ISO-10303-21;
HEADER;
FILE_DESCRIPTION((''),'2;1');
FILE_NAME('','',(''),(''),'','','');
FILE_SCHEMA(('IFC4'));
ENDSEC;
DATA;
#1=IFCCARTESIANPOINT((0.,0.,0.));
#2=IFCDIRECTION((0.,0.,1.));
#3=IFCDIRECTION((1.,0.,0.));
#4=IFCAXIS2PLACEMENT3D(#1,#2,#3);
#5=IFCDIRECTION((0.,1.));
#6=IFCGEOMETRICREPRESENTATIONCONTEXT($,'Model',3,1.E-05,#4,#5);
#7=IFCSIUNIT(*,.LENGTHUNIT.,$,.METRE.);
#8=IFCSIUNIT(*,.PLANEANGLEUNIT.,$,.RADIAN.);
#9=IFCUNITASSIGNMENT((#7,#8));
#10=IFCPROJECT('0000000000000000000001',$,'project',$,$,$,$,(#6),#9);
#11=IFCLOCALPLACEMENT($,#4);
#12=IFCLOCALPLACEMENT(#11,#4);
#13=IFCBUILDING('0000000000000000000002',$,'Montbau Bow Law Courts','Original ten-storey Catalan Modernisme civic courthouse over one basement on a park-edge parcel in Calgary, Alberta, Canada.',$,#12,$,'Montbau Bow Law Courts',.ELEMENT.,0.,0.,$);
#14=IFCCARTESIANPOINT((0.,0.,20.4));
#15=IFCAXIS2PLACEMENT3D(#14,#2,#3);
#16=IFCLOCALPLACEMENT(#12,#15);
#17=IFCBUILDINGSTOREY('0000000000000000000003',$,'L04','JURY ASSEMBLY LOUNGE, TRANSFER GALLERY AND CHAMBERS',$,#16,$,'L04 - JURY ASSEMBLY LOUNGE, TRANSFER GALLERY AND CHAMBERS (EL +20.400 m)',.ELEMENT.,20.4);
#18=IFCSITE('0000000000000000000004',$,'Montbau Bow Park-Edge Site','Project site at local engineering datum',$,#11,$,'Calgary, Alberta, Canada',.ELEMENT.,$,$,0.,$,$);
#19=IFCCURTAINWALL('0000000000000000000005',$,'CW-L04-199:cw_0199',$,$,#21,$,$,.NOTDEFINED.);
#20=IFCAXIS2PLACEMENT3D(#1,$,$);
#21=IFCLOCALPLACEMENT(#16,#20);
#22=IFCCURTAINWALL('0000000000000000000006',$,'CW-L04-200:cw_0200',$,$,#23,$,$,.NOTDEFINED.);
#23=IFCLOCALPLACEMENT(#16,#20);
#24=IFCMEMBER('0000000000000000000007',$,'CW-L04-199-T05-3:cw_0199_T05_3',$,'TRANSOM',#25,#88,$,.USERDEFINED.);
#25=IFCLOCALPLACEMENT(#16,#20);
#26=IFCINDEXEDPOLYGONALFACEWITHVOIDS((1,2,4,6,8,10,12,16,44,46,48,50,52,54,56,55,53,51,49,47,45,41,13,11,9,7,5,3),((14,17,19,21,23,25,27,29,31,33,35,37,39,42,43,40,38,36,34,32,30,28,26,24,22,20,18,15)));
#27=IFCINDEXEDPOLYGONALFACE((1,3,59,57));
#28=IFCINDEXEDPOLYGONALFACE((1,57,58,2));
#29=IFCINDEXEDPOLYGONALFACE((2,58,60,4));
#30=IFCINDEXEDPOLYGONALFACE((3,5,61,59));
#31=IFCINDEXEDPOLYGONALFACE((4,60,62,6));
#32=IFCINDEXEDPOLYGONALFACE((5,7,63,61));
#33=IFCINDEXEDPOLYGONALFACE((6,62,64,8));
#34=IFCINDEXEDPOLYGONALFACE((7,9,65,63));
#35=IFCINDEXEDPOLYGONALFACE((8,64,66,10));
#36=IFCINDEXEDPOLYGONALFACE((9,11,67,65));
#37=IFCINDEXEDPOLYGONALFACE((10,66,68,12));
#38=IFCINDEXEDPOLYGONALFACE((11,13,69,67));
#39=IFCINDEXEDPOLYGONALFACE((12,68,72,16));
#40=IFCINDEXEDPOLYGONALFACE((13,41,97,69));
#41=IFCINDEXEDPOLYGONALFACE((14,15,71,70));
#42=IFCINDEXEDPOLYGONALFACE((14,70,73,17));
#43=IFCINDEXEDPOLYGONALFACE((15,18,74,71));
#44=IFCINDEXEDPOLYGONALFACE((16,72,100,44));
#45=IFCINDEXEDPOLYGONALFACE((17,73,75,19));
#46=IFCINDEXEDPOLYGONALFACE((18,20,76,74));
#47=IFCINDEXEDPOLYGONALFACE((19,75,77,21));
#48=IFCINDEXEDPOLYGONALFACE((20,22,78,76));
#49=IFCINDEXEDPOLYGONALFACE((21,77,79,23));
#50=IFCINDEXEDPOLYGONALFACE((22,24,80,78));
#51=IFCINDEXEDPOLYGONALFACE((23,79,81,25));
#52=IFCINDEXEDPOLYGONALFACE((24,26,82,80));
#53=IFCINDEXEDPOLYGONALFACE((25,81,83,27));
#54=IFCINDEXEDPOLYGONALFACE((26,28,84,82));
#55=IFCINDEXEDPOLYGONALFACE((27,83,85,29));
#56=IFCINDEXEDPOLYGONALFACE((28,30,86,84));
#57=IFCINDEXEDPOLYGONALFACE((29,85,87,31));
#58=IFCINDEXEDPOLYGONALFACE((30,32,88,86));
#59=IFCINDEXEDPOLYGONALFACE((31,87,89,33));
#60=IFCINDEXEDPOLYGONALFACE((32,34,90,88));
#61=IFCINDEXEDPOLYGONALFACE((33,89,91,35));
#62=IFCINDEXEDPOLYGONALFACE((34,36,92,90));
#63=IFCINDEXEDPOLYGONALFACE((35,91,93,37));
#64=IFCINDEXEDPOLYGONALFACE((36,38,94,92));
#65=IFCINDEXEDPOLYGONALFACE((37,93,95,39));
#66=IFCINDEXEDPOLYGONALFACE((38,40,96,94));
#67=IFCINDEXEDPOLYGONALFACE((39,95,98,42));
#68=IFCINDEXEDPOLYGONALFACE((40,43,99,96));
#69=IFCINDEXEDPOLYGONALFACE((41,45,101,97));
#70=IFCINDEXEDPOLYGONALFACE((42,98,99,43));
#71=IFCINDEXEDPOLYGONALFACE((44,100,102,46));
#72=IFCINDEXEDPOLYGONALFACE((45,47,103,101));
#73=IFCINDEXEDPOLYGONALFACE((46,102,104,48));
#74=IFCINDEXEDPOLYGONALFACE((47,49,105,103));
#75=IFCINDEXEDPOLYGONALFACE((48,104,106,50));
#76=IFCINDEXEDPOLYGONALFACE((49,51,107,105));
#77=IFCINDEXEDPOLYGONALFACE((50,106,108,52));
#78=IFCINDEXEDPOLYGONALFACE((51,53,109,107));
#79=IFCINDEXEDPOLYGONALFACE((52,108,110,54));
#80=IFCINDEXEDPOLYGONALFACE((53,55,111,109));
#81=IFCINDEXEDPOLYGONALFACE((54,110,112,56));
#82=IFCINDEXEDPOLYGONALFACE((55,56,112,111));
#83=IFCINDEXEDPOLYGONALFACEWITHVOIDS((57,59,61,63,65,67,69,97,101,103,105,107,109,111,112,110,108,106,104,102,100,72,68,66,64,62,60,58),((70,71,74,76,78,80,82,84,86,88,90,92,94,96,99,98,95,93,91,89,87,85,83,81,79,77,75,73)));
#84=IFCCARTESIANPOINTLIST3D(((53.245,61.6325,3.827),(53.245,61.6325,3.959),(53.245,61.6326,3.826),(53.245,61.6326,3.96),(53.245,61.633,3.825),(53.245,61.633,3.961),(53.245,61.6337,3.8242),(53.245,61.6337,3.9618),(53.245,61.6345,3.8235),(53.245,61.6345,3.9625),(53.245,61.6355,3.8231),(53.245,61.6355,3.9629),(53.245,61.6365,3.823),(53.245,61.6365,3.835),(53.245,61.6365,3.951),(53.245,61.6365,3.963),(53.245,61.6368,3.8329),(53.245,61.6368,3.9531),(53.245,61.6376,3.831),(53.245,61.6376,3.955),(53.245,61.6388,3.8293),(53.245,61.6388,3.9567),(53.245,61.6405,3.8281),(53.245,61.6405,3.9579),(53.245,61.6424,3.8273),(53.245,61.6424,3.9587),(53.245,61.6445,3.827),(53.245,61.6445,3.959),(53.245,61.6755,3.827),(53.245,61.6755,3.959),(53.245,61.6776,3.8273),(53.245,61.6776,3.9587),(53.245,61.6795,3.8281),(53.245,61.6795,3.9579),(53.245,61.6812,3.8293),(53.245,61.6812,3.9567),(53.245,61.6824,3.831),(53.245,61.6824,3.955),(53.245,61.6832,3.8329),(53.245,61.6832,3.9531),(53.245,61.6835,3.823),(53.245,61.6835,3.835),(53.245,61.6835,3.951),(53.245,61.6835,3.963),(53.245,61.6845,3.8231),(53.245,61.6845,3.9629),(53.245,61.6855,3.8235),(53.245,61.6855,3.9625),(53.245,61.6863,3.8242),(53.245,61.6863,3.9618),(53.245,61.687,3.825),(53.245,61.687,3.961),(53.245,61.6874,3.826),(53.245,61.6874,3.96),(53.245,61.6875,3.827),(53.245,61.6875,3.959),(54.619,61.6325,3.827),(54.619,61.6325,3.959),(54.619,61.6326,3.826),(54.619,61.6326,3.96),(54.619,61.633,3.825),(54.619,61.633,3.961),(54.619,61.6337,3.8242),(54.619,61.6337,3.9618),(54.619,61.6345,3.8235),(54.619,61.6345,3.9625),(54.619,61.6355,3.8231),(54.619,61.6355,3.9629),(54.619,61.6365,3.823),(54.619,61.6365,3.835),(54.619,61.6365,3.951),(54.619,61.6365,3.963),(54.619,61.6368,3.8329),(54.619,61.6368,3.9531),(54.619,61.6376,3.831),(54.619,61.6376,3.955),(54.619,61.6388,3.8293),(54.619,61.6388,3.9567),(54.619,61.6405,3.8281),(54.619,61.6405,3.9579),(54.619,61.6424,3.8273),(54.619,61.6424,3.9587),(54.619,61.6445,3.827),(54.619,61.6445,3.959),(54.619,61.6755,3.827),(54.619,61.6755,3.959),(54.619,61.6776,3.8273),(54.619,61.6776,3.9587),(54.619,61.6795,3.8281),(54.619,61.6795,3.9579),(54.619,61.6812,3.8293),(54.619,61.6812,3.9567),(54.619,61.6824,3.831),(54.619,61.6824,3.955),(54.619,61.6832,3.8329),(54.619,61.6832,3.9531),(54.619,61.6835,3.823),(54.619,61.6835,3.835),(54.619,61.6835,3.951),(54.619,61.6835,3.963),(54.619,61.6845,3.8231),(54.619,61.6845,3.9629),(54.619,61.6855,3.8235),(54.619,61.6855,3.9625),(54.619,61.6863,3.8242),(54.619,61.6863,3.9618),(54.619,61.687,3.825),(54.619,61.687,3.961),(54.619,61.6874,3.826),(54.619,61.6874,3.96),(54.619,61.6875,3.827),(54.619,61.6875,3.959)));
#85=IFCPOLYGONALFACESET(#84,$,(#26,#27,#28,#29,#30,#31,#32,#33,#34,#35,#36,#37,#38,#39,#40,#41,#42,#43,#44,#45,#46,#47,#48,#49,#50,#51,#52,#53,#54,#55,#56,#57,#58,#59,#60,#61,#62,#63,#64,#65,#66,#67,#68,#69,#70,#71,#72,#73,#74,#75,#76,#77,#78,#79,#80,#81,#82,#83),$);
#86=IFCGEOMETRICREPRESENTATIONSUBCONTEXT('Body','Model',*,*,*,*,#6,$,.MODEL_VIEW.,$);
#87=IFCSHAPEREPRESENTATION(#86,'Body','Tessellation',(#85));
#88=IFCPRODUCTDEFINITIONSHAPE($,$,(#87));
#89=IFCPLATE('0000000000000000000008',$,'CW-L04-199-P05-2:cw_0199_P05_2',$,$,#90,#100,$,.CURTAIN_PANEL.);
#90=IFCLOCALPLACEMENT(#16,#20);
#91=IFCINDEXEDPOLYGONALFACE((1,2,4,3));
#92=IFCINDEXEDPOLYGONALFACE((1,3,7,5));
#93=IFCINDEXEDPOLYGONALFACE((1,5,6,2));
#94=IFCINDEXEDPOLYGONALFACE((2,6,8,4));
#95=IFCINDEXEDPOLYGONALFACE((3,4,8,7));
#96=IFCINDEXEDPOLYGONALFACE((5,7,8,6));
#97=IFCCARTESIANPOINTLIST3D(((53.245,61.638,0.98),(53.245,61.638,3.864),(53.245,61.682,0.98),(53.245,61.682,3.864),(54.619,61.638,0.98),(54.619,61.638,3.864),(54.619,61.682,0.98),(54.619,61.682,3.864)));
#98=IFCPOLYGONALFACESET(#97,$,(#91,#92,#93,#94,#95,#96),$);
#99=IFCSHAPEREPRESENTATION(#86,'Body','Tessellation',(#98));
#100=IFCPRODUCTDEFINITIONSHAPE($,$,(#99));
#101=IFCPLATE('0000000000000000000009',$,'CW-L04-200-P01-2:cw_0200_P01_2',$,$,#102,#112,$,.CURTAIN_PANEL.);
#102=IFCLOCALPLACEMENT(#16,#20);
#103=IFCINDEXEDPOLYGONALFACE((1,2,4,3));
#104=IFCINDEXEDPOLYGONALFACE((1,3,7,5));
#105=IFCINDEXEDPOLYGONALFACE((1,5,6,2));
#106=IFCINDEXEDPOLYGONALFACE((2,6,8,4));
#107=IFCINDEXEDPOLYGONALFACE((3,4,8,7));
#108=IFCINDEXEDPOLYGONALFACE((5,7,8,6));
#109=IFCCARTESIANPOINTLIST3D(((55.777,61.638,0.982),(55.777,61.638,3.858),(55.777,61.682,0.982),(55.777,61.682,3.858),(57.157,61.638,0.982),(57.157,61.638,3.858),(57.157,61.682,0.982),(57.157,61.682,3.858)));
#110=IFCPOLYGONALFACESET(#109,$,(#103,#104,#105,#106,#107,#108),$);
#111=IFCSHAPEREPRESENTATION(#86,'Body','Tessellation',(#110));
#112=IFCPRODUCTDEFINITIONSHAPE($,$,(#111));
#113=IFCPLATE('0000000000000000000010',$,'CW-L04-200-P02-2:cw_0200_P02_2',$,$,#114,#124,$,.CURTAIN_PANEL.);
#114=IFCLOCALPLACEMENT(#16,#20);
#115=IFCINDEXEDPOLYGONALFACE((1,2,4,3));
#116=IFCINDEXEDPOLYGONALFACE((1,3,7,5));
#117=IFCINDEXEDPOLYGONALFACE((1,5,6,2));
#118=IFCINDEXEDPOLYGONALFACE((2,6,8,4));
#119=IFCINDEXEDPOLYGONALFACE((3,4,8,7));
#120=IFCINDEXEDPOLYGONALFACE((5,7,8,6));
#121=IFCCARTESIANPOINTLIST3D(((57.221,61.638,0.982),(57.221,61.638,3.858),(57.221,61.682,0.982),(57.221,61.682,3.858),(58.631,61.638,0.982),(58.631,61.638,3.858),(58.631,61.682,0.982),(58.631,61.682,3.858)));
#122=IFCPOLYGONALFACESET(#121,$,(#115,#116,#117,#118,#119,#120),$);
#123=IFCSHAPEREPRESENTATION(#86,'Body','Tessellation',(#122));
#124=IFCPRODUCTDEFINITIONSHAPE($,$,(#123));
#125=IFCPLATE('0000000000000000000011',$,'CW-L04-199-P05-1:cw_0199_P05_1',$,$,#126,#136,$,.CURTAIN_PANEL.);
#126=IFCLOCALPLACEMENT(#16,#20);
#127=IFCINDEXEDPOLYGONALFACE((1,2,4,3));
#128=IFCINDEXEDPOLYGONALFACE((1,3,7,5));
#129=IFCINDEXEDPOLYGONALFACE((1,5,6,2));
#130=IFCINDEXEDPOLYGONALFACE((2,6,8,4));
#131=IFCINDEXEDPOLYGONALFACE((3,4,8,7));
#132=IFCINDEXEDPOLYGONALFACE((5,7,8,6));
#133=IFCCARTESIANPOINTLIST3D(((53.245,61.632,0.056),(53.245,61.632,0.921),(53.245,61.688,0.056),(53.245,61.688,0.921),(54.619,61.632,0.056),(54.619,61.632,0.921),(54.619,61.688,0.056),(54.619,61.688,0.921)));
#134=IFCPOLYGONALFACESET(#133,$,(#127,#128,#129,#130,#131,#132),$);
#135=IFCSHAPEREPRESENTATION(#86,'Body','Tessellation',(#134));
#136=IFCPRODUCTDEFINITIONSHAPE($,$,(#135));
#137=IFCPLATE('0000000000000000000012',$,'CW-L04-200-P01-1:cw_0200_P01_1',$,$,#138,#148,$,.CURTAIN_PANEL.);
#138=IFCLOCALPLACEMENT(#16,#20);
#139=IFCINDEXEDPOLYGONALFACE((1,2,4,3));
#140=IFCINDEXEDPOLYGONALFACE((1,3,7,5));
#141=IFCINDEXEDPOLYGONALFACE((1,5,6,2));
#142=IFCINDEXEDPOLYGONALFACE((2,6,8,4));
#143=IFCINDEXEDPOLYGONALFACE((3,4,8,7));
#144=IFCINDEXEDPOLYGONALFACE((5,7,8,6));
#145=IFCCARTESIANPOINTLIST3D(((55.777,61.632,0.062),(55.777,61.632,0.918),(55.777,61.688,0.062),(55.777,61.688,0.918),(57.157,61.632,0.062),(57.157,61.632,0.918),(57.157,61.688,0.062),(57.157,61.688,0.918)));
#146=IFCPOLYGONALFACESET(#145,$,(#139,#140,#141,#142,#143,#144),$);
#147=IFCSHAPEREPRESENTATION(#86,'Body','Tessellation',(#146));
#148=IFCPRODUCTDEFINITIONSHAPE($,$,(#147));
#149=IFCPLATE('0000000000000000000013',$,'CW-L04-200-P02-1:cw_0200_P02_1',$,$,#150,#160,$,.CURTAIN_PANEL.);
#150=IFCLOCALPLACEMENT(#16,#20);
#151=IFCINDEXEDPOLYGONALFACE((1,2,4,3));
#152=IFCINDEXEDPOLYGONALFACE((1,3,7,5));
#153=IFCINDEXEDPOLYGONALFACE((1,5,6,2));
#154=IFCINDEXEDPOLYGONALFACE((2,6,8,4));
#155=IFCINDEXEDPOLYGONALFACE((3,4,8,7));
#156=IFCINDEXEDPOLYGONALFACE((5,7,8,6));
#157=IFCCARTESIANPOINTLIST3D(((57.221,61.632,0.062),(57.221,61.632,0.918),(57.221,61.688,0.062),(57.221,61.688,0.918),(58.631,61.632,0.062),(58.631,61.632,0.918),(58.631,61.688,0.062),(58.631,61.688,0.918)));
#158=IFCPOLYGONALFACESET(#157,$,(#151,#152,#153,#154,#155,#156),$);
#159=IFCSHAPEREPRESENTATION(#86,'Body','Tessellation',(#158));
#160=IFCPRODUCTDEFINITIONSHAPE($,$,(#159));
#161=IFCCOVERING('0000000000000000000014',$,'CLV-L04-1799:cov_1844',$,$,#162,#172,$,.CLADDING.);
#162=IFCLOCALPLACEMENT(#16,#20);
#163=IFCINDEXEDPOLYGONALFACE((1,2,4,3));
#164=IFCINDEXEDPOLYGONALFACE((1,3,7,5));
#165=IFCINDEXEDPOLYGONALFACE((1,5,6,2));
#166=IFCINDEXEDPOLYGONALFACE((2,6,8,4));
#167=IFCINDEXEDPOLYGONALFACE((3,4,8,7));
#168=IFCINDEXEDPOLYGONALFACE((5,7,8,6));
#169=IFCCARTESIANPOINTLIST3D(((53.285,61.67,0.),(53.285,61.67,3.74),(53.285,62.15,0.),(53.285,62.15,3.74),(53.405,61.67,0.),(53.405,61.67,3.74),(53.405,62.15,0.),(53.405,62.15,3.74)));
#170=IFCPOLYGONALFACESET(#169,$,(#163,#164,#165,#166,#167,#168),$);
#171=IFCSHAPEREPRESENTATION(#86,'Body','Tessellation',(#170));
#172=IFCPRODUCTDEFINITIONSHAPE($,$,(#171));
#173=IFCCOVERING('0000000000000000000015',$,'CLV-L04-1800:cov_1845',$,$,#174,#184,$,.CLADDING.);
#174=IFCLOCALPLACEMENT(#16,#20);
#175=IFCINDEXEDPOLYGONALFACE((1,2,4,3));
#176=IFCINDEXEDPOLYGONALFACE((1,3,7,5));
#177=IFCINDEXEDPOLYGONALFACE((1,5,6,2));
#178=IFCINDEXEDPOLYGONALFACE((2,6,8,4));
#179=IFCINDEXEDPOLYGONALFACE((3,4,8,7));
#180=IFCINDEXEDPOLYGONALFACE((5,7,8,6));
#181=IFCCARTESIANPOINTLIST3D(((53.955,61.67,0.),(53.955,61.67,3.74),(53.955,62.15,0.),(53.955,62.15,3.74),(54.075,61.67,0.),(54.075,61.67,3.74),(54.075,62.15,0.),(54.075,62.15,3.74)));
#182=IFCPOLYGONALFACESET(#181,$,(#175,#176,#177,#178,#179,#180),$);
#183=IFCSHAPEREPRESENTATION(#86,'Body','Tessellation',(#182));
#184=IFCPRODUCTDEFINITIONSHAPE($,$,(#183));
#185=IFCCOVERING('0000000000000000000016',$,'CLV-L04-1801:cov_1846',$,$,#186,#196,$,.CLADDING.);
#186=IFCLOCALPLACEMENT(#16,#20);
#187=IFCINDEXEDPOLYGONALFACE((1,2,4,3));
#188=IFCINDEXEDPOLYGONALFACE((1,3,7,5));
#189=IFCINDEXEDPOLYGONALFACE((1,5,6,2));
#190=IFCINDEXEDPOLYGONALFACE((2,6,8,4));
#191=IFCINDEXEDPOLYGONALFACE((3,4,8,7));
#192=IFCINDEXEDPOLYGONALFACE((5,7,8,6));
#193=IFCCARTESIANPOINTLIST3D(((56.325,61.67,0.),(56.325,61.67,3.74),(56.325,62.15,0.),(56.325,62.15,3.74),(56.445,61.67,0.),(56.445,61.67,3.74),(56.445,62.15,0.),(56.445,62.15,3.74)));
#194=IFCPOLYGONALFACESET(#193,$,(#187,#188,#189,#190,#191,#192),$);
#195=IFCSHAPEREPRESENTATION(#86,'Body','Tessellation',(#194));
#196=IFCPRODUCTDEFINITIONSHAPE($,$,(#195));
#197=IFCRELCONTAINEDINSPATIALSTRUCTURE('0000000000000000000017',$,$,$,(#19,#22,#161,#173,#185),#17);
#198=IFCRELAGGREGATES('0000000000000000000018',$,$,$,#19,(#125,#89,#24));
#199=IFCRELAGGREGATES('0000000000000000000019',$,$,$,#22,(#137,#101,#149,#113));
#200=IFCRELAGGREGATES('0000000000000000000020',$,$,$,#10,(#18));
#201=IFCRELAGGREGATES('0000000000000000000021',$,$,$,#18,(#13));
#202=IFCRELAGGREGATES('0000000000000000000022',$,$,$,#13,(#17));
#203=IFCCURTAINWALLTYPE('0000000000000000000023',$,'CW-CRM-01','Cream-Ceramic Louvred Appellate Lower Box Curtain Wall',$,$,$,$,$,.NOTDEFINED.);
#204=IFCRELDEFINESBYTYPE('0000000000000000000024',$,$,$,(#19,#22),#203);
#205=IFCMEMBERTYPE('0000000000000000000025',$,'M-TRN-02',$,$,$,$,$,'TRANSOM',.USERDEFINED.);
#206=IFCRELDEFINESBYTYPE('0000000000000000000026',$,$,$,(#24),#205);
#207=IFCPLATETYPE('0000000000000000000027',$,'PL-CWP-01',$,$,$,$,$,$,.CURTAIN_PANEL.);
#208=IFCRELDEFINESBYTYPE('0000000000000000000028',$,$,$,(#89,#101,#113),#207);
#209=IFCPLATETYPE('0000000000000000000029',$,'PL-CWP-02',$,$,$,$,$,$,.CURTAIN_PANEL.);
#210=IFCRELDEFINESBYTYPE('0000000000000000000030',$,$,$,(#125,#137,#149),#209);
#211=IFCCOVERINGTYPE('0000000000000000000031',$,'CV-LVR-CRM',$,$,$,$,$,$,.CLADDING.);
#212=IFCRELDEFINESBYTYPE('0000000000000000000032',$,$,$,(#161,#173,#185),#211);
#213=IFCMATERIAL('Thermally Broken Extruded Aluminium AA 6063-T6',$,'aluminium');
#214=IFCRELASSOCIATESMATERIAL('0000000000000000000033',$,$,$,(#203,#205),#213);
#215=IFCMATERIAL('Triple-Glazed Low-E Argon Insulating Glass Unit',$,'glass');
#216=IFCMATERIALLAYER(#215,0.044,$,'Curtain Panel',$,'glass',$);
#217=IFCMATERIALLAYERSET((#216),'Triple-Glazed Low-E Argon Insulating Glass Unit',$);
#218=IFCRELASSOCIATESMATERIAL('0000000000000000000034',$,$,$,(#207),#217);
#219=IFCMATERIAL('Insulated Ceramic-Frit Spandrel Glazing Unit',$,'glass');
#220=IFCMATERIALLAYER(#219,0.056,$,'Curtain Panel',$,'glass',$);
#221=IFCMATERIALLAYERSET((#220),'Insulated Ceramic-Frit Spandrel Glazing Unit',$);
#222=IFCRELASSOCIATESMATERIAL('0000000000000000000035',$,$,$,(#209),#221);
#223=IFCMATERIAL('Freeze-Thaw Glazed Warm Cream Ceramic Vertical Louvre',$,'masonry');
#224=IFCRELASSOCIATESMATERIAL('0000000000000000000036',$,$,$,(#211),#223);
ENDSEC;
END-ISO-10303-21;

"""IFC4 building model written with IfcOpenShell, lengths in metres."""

from ifc_helpers import new_model, si_unit, direction, frame, frame_2d, origin_with_axes, origin_2d_with_axis, place, context, subcontext, project, spatial, rectangle, hollow_rectangle, extrude, material, layer, layer_set, material_profile, profile_set, type_object, element, aggregate, save


model = new_model("IFC4")

# Units and contexts
model_context = context("Model", 3, precision=1e-05, world=origin_with_axes(), true_north=direction((0.0, 1.0)))
body_context = subcontext(model_context, "Body", "Model", "MODEL_VIEW")
ifc_project = project(units=[si_unit("LENGTHUNIT", "METRE"), si_unit("PLANEANGLEUNIT", "RADIAN")], contexts=[model_context])

# Site, building, storey
site_placement = place(None, origin_with_axes())
site = spatial("IfcSite", under=ifc_project, at=site_placement, Name="Montbau Bow Park-Edge Site", Description="Project site at local engineering datum", LongName="Calgary, Alberta, Canada", CompositionType="ELEMENT", RefElevation=0.0)
building_placement = place(site_placement, origin_with_axes())
building = spatial("IfcBuilding", under=site, at=building_placement, Name="Montbau Bow Law Courts", Description="Original ten-storey Catalan Modernisme civic courthouse over one basement on a park-edge parcel in Calgary, Alberta, Canada.", LongName="Montbau Bow Law Courts", CompositionType="ELEMENT", ElevationOfRefHeight=0.0, ElevationOfTerrain=0.0)
storey_placement = place(building_placement, frame((0.0, 0.0, 20.4), z_axis=(0.0, 0.0, 1.0), x_axis=(1.0, 0.0, 0.0)))
storey = spatial("IfcBuildingStorey", under=building, at=storey_placement, Name="L04", Description="JURY ASSEMBLY LOUNGE, TRANSFER GALLERY AND CHAMBERS", LongName="L04 - JURY ASSEMBLY LOUNGE, TRANSFER GALLERY AND CHAMBERS (EL +20.400 m)", CompositionType="ELEMENT", Elevation=20.4)

# Curtain wall
ifc_material_1 = material(Name="Thermally Broken Extruded Aluminium AA 6063-T6", Category="aluminium")
curtain_wall_type = type_object("IfcCurtainWallType", Name="CW-CRM-01", Description="Cream-Ceramic Louvred Appellate Lower Box Curtain Wall", PredefinedType="NOTDEFINED", material=ifc_material_1)
curtain_wall_1_placement = place(None, frame((47.315, 61.66, 20.4), z_axis=(0.0, 0.0, 1.0), x_axis=(1.0, 0.0, 0.0)))
curtain_wall_1 = element("IfcCurtainWall", 1, at=curtain_wall_1_placement, inside=storey, type_object=curtain_wall_type, Name="CW-L04-199:cw_0199", PredefinedType="NOTDEFINED")

# Curtain wall
curtain_wall_2_placement = place(None, frame((55.715, 61.66, 20.4), z_axis=(0.0, 0.0, 1.0), x_axis=(1.0, 0.0, 0.0)))
curtain_wall_2 = element("IfcCurtainWall", 2, at=curtain_wall_2_placement, inside=storey, type_object=curtain_wall_type, Name="CW-L04-200:cw_0200", PredefinedType="NOTDEFINED")

# Member
ifc_material_profile_1 = material_profile(ifc_material_1, hollow_rectangle(XDim=0.055, YDim=0.14, WallThickness=0.004, InnerFilletRadius=0.008, OuterFilletRadius=0.004, at=origin_2d_with_axis()), Name="CWT-140X55", Category="Main", Priority=0)
ifc_profile_set_1 = profile_set([ifc_material_profile_1], Name="Thermally Broken Extruded Aluminium AA 6063-T6")
member_type_1 = type_object("IfcMemberType", Name="M-TRN-02", ElementType="TRANSOM", PredefinedType="USERDEFINED", material=ifc_profile_set_1)
member_1_placement = place(None, frame((53.245, 61.66, 24.293), z_axis=(1.0, 0.0, 0.0), x_axis=(0.0, 1.0, 0.0)))
member_1 = element("IfcMember", 3, at=member_1_placement, type_object=member_type_1, Name="CW-L04-199-T05-3:cw_0199_T05_3", ObjectType="TRANSOM", PredefinedType="USERDEFINED", context=body_context, shape_type="SweptSolid", body=[
    extrude(hollow_rectangle(XDim=0.055, YDim=0.14, WallThickness=0.004, InnerFilletRadius=0.008, OuterFilletRadius=0.004, at=origin_2d_with_axis()), origin_with_axes(), (0.0, 0.0, 1.0), 1.374),
])

# Plates
ifc_material_2 = material(Name="Triple-Glazed Low-E Argon Insulating Glass Unit", Category="glass")
ifc_layer_1 = layer(ifc_material_2, 0.044, Name="Curtain Panel", Category="glass")
ifc_layer_set_1 = layer_set([ifc_layer_1], Name="Triple-Glazed Low-E Argon Insulating Glass Unit")
plate_type_1 = type_object("IfcPlateType", Name="PL-CWP-01", PredefinedType="CURTAIN_PANEL", material=ifc_layer_set_1)
plate_1_placement = place(None, frame((53.245, 61.66, 21.38), z_axis=(0.0, -1.0, 0.0), x_axis=(1.0, 0.0, 0.0)))
plate_1 = element("IfcPlate", 4, at=plate_1_placement, type_object=plate_type_1, Name="CW-L04-199-P05-2:cw_0199_P05_2", PredefinedType="CURTAIN_PANEL", context=body_context, shape_type="SweptSolid", body=[
    extrude(rectangle(XDim=1.374, YDim=2.884, at=frame_2d((0.687, 1.442), x_axis=(1.0, 0.0))), frame((0.0, 0.0, -0.022), z_axis=(0.0, 0.0, 1.0), x_axis=(1.0, 0.0, 0.0)), (0.0, 0.0, 1.0), 0.044),
])
plate_2_placement = place(None, frame((55.777, 61.66, 21.382), z_axis=(0.0, -1.0, 0.0), x_axis=(1.0, 0.0, 0.0)))
plate_2 = element("IfcPlate", 5, at=plate_2_placement, type_object=plate_type_1, Name="CW-L04-200-P01-2:cw_0200_P01_2", PredefinedType="CURTAIN_PANEL", context=body_context, shape_type="SweptSolid", body=[
    extrude(rectangle(XDim=1.38, YDim=2.876, at=frame_2d((0.69, 1.438), x_axis=(1.0, 0.0))), frame((0.0, 0.0, -0.022), z_axis=(0.0, 0.0, 1.0), x_axis=(1.0, 0.0, 0.0)), (0.0, 0.0, 1.0), 0.044),
])
plate_3_placement = place(None, frame((57.221, 61.66, 21.382), z_axis=(0.0, -1.0, 0.0), x_axis=(1.0, 0.0, 0.0)))
plate_3 = element("IfcPlate", 6, at=plate_3_placement, type_object=plate_type_1, Name="CW-L04-200-P02-2:cw_0200_P02_2", PredefinedType="CURTAIN_PANEL", context=body_context, shape_type="SweptSolid", body=[
    extrude(rectangle(XDim=1.41, YDim=2.876, at=frame_2d((0.705, 1.438), x_axis=(1.0, 0.0))), frame((0.0, 0.0, -0.022), z_axis=(0.0, 0.0, 1.0), x_axis=(1.0, 0.0, 0.0)), (0.0, 0.0, 1.0), 0.044),
])
ifc_material_3 = material(Name="Insulated Ceramic-Frit Spandrel Glazing Unit", Category="glass")
ifc_layer_2 = layer(ifc_material_3, 0.056, Name="Curtain Panel", Category="glass")
ifc_layer_set_2 = layer_set([ifc_layer_2], Name="Insulated Ceramic-Frit Spandrel Glazing Unit")
plate_type_2 = type_object("IfcPlateType", Name="PL-CWP-02", PredefinedType="CURTAIN_PANEL", material=ifc_layer_set_2)
plate_4_placement = place(None, frame((53.245, 61.66, 20.456), z_axis=(0.0, -1.0, 0.0), x_axis=(1.0, 0.0, 0.0)))
plate_4 = element("IfcPlate", 7, at=plate_4_placement, type_object=plate_type_2, Name="CW-L04-199-P05-1:cw_0199_P05_1", PredefinedType="CURTAIN_PANEL", context=body_context, shape_type="SweptSolid", body=[
    extrude(rectangle(XDim=1.374, YDim=0.865, at=frame_2d((0.687, 0.4325), x_axis=(1.0, 0.0))), frame((0.0, 0.0, -0.028), z_axis=(0.0, 0.0, 1.0), x_axis=(1.0, 0.0, 0.0)), (0.0, 0.0, 1.0), 0.056),
])
aggregate(curtain_wall_1, [plate_4, plate_1, member_1])
plate_5_placement = place(None, frame((55.777, 61.66, 20.462), z_axis=(0.0, -1.0, 0.0), x_axis=(1.0, 0.0, 0.0)))
plate_5 = element("IfcPlate", 8, at=plate_5_placement, type_object=plate_type_2, Name="CW-L04-200-P01-1:cw_0200_P01_1", PredefinedType="CURTAIN_PANEL", context=body_context, shape_type="SweptSolid", body=[
    extrude(rectangle(XDim=1.38, YDim=0.856, at=frame_2d((0.69, 0.428), x_axis=(1.0, 0.0))), frame((0.0, 0.0, -0.028), z_axis=(0.0, 0.0, 1.0), x_axis=(1.0, 0.0, 0.0)), (0.0, 0.0, 1.0), 0.056),
])
plate_6_placement = place(None, frame((57.221, 61.66, 20.462), z_axis=(0.0, -1.0, 0.0), x_axis=(1.0, 0.0, 0.0)))
plate_6 = element("IfcPlate", 9, at=plate_6_placement, type_object=plate_type_2, Name="CW-L04-200-P02-1:cw_0200_P02_1", PredefinedType="CURTAIN_PANEL", context=body_context, shape_type="SweptSolid", body=[
    extrude(rectangle(XDim=1.41, YDim=0.856, at=frame_2d((0.705, 0.428), x_axis=(1.0, 0.0))), frame((0.0, 0.0, -0.028), z_axis=(0.0, 0.0, 1.0), x_axis=(1.0, 0.0, 0.0)), (0.0, 0.0, 1.0), 0.056),
])
aggregate(curtain_wall_2, [plate_5, plate_2, plate_6, plate_3])

# Coverings
ifc_material_4 = material(Name="Freeze-Thaw Glazed Warm Cream Ceramic Vertical Louvre", Category="masonry")
covering_type = type_object("IfcCoveringType", Name="CV-LVR-CRM", PredefinedType="CLADDING", material=ifc_material_4)
for number, where, z_axis, x_axis, name in (
    (10, (53.345, 61.67, 20.4), (1.0, 0.0, 0.0), (0.0, 1.0, 0.0), "CLV-L04-1799:cov_1844"),
    (11, (54.015, 61.67, 20.4), (1.0, 0.0, 0.0), (0.0, 1.0, 0.0), "CLV-L04-1800:cov_1845"),
    (12, (56.385, 61.67, 20.4), (1.0, 0.0, 0.0), (0.0, 1.0, 0.0), "CLV-L04-1801:cov_1846"),
):
    element("IfcCovering", number, at=place(None, frame(where, z_axis=z_axis, x_axis=x_axis)), inside=storey, type_object=covering_type, Name=name, PredefinedType="CLADDING", context=body_context, shape_type="SweptSolid", body=[
        extrude(rectangle(XDim=0.48, YDim=3.74, at=frame_2d((0.24, 1.87), x_axis=(1.0, 0.0))), frame((0.0, 0.0, -0.06), z_axis=(0.0, 0.0, 1.0), x_axis=(1.0, 0.0, 0.0)), (0.0, 0.0, 1.0), 0.12),
    ])

save(model, "model.ifc")
